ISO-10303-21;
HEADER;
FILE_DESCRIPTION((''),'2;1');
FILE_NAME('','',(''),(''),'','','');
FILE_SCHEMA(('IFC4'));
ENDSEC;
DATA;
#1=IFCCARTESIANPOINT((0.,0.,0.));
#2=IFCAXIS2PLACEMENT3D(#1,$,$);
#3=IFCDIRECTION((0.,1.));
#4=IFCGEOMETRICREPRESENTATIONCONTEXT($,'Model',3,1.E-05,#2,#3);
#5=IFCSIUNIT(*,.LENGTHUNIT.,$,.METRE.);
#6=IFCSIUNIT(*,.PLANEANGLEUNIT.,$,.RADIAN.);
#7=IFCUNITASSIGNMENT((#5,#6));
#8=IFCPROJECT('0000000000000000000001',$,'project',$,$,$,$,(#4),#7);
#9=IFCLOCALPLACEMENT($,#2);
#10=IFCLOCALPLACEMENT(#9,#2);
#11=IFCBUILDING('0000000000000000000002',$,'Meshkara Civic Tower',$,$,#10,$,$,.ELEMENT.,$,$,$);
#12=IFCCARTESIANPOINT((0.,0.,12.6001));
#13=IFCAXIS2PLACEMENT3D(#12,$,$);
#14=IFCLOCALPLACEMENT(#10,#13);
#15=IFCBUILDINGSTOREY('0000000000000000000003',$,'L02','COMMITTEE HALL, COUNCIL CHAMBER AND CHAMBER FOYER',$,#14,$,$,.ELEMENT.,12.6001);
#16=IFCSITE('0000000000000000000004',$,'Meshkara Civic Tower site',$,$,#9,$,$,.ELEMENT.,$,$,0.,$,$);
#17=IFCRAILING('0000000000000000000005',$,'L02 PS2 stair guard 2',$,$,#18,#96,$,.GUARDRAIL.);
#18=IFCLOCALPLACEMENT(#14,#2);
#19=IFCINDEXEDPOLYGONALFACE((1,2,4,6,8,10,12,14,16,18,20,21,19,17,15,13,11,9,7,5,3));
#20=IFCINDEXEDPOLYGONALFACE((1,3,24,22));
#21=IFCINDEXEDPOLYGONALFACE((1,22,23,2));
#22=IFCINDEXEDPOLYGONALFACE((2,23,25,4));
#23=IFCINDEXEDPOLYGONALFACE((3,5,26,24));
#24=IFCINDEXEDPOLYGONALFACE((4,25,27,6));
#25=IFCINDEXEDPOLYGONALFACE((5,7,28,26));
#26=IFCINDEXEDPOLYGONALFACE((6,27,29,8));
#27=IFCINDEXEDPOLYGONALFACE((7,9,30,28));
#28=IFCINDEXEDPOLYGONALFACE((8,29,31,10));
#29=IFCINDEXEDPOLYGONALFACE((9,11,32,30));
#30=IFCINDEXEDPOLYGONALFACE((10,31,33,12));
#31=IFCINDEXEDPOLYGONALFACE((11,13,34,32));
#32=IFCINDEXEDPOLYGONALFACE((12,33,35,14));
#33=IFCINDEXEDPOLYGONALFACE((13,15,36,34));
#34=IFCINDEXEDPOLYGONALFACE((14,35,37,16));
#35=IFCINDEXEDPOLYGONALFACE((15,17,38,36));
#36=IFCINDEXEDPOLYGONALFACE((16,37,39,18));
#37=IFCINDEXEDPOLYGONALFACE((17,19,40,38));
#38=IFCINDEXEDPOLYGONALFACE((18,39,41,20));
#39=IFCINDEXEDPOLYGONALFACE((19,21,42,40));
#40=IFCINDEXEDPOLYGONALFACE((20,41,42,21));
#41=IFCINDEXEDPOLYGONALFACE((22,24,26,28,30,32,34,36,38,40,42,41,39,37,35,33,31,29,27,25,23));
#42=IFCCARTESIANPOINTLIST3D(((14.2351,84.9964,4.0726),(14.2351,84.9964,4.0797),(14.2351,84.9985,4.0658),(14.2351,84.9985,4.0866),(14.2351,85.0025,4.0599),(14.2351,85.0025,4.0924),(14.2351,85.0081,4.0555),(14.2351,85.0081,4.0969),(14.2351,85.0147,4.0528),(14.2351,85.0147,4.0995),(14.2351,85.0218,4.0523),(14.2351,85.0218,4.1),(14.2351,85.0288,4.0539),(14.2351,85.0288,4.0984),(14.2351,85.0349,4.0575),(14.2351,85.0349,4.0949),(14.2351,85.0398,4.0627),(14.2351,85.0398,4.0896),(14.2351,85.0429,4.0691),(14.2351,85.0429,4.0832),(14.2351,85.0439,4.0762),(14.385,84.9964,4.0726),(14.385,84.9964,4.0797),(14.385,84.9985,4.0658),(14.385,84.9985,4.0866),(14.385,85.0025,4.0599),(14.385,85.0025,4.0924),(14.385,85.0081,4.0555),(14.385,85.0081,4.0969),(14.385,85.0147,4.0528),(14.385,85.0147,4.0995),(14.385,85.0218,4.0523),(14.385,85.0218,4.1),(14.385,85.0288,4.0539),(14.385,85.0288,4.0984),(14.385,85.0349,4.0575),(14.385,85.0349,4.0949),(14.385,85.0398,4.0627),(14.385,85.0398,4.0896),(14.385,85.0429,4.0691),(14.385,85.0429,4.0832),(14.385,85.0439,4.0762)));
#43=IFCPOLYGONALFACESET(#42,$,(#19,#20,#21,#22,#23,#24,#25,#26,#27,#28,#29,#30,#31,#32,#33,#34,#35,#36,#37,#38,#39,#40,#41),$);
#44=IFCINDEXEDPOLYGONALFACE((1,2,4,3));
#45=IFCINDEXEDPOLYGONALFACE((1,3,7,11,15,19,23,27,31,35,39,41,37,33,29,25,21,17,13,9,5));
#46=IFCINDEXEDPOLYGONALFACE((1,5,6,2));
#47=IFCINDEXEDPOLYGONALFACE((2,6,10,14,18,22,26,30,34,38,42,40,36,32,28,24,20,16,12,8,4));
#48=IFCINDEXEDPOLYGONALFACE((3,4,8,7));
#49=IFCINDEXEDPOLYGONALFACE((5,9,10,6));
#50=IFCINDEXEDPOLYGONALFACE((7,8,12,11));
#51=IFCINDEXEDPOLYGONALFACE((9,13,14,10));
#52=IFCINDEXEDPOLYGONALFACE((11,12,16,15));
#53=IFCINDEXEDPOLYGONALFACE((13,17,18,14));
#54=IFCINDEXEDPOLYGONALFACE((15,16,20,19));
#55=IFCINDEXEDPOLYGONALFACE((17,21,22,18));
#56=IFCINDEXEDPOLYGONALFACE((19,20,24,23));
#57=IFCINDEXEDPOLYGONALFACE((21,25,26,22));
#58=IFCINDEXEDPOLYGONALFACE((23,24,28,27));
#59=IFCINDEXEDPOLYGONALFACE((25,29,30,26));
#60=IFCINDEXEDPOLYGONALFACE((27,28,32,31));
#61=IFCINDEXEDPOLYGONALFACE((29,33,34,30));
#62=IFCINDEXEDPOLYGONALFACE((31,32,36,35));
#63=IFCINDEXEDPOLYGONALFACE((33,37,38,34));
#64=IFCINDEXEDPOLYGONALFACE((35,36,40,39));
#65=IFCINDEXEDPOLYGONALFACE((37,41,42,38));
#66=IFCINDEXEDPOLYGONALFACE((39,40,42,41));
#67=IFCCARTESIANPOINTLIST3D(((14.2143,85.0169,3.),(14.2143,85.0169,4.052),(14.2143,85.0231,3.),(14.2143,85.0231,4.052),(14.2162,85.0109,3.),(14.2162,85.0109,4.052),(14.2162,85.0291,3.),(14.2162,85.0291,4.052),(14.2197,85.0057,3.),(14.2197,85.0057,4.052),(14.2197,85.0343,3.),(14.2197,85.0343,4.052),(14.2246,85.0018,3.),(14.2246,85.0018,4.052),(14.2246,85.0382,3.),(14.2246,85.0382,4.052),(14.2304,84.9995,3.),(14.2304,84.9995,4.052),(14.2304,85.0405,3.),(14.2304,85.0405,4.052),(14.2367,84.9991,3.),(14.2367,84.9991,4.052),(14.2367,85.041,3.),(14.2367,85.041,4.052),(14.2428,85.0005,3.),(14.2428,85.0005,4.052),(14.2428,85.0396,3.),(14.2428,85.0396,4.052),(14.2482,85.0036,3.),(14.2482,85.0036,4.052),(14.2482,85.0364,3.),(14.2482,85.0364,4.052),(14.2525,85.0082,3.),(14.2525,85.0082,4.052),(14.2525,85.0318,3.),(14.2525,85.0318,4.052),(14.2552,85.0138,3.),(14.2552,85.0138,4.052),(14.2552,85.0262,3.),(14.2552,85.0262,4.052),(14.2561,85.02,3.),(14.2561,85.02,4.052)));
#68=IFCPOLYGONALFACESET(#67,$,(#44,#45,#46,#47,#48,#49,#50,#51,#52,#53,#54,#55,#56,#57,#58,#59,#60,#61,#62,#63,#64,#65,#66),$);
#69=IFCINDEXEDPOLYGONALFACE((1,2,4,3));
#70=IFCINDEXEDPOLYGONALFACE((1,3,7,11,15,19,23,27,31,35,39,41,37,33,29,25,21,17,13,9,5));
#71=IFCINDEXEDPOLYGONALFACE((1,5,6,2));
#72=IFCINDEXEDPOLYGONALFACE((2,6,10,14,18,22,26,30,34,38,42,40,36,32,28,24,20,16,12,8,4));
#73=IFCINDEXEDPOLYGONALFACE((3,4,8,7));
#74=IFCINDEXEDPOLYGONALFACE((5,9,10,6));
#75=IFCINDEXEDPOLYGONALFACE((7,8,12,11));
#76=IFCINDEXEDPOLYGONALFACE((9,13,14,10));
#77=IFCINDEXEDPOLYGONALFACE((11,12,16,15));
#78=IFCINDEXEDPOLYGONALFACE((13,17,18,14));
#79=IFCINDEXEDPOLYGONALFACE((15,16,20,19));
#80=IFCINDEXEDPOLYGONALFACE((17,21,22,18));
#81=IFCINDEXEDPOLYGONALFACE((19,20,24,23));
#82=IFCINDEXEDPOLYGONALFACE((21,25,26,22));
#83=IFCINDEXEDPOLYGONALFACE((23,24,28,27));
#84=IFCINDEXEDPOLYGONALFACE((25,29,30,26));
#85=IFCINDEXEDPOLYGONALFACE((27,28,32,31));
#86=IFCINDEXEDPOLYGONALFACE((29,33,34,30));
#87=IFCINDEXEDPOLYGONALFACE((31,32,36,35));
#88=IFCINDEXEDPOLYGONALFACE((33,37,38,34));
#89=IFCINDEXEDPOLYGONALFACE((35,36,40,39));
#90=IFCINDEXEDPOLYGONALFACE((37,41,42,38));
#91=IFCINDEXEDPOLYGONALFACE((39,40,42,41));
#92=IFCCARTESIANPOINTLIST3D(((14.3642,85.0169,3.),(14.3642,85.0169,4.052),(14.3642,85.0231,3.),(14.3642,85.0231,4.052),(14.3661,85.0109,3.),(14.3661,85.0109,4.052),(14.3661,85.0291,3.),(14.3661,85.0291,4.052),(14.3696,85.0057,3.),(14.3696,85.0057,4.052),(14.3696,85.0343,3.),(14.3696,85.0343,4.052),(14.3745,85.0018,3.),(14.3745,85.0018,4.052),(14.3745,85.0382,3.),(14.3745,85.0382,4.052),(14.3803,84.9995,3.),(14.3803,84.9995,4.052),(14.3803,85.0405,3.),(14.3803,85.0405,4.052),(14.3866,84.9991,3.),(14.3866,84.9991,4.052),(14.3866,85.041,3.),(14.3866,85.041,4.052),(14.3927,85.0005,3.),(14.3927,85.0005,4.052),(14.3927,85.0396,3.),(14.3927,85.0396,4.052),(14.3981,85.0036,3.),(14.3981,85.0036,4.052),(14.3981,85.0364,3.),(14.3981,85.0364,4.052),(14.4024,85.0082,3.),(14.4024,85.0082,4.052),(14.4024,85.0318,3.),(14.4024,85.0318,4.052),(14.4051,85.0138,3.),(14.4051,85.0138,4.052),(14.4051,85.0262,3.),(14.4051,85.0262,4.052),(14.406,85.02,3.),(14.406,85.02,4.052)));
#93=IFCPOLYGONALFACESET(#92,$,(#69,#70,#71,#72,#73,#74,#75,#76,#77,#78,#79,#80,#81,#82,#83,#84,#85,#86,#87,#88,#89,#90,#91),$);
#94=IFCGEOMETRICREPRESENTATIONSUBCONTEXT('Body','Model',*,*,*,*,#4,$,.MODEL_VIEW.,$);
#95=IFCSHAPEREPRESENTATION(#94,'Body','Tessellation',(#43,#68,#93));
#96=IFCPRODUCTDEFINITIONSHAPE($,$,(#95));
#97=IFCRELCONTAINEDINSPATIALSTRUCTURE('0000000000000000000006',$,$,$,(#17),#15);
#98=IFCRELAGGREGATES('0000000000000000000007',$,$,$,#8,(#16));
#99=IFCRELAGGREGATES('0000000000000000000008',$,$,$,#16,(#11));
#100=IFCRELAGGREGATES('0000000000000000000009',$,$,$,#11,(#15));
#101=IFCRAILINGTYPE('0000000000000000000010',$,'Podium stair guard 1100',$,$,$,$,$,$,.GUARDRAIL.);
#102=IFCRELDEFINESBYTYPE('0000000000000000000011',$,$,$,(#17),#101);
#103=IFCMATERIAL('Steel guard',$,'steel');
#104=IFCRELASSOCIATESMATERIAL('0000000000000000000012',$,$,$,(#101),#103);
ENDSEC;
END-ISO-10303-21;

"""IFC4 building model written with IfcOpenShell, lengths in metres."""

from ifc_helpers import new_model, si_unit, direction, frame, origin, origin_2d, place, context, subcontext, project, spatial, circle, extrude, material, type_object, element, save


model = new_model("IFC4")

# Units and contexts
model_context = context("Model", 3, precision=1e-05, world=origin(), true_north=direction((0.0, 1.0)))
body_context = subcontext(model_context, "Body", "Model", "MODEL_VIEW")
ifc_project = project(units=[si_unit("LENGTHUNIT", "METRE"), si_unit("PLANEANGLEUNIT", "RADIAN")], contexts=[model_context])

# Site, building, storey
site_placement = place(None, origin())
site = spatial("IfcSite", under=ifc_project, at=site_placement, Name="Meshkara Civic Tower site", CompositionType="ELEMENT", RefElevation=0.0)
building_placement = place(site_placement, origin())
building = spatial("IfcBuilding", under=site, at=building_placement, Name="Meshkara Civic Tower", CompositionType="ELEMENT")
storey_placement = place(building_placement, frame((0.0, 0.0, 12.6001)))
storey = spatial("IfcBuildingStorey", under=building, at=storey_placement, Name="L02", Description="COMMITTEE HALL, COUNCIL CHAMBER AND CHAMBER FOYER", CompositionType="ELEMENT", Elevation=12.6001)

# Railing
ifc_material_1 = material(Name="Steel guard", Category="steel")
railing_type_1 = type_object("IfcRailingType", Name="Podium stair guard 1100", PredefinedType="GUARDRAIL", material=ifc_material_1)
railing_1_placement = place(storey_placement, frame((14.2351, 85.02, 3.0)))
element("IfcRailing", 1, at=railing_1_placement, inside=storey, type_object=railing_type_1, Name="L02 PS2 stair guard 2", PredefinedType="GUARDRAIL", context=body_context, shape_type="SweptSolid", body=[
    extrude(circle(Radius=0.0239, at=origin_2d()), frame((0.0, 0.0, 1.0762), z_axis=(1.0, 0.0, 0.0), x_axis=(0.0, 1.0, 0.0)), (0.0, 0.0, 1.0), 0.1499),
    extrude(circle(Radius=0.021, at=origin_2d()), origin(), (0.0, 0.0, 1.0), 1.052),
    extrude(circle(Radius=0.021, at=origin_2d()), frame((0.1499, 0.0, 0.0)), (0.0, 0.0, 1.0), 1.052),
])

save(model, "model.ifc")
